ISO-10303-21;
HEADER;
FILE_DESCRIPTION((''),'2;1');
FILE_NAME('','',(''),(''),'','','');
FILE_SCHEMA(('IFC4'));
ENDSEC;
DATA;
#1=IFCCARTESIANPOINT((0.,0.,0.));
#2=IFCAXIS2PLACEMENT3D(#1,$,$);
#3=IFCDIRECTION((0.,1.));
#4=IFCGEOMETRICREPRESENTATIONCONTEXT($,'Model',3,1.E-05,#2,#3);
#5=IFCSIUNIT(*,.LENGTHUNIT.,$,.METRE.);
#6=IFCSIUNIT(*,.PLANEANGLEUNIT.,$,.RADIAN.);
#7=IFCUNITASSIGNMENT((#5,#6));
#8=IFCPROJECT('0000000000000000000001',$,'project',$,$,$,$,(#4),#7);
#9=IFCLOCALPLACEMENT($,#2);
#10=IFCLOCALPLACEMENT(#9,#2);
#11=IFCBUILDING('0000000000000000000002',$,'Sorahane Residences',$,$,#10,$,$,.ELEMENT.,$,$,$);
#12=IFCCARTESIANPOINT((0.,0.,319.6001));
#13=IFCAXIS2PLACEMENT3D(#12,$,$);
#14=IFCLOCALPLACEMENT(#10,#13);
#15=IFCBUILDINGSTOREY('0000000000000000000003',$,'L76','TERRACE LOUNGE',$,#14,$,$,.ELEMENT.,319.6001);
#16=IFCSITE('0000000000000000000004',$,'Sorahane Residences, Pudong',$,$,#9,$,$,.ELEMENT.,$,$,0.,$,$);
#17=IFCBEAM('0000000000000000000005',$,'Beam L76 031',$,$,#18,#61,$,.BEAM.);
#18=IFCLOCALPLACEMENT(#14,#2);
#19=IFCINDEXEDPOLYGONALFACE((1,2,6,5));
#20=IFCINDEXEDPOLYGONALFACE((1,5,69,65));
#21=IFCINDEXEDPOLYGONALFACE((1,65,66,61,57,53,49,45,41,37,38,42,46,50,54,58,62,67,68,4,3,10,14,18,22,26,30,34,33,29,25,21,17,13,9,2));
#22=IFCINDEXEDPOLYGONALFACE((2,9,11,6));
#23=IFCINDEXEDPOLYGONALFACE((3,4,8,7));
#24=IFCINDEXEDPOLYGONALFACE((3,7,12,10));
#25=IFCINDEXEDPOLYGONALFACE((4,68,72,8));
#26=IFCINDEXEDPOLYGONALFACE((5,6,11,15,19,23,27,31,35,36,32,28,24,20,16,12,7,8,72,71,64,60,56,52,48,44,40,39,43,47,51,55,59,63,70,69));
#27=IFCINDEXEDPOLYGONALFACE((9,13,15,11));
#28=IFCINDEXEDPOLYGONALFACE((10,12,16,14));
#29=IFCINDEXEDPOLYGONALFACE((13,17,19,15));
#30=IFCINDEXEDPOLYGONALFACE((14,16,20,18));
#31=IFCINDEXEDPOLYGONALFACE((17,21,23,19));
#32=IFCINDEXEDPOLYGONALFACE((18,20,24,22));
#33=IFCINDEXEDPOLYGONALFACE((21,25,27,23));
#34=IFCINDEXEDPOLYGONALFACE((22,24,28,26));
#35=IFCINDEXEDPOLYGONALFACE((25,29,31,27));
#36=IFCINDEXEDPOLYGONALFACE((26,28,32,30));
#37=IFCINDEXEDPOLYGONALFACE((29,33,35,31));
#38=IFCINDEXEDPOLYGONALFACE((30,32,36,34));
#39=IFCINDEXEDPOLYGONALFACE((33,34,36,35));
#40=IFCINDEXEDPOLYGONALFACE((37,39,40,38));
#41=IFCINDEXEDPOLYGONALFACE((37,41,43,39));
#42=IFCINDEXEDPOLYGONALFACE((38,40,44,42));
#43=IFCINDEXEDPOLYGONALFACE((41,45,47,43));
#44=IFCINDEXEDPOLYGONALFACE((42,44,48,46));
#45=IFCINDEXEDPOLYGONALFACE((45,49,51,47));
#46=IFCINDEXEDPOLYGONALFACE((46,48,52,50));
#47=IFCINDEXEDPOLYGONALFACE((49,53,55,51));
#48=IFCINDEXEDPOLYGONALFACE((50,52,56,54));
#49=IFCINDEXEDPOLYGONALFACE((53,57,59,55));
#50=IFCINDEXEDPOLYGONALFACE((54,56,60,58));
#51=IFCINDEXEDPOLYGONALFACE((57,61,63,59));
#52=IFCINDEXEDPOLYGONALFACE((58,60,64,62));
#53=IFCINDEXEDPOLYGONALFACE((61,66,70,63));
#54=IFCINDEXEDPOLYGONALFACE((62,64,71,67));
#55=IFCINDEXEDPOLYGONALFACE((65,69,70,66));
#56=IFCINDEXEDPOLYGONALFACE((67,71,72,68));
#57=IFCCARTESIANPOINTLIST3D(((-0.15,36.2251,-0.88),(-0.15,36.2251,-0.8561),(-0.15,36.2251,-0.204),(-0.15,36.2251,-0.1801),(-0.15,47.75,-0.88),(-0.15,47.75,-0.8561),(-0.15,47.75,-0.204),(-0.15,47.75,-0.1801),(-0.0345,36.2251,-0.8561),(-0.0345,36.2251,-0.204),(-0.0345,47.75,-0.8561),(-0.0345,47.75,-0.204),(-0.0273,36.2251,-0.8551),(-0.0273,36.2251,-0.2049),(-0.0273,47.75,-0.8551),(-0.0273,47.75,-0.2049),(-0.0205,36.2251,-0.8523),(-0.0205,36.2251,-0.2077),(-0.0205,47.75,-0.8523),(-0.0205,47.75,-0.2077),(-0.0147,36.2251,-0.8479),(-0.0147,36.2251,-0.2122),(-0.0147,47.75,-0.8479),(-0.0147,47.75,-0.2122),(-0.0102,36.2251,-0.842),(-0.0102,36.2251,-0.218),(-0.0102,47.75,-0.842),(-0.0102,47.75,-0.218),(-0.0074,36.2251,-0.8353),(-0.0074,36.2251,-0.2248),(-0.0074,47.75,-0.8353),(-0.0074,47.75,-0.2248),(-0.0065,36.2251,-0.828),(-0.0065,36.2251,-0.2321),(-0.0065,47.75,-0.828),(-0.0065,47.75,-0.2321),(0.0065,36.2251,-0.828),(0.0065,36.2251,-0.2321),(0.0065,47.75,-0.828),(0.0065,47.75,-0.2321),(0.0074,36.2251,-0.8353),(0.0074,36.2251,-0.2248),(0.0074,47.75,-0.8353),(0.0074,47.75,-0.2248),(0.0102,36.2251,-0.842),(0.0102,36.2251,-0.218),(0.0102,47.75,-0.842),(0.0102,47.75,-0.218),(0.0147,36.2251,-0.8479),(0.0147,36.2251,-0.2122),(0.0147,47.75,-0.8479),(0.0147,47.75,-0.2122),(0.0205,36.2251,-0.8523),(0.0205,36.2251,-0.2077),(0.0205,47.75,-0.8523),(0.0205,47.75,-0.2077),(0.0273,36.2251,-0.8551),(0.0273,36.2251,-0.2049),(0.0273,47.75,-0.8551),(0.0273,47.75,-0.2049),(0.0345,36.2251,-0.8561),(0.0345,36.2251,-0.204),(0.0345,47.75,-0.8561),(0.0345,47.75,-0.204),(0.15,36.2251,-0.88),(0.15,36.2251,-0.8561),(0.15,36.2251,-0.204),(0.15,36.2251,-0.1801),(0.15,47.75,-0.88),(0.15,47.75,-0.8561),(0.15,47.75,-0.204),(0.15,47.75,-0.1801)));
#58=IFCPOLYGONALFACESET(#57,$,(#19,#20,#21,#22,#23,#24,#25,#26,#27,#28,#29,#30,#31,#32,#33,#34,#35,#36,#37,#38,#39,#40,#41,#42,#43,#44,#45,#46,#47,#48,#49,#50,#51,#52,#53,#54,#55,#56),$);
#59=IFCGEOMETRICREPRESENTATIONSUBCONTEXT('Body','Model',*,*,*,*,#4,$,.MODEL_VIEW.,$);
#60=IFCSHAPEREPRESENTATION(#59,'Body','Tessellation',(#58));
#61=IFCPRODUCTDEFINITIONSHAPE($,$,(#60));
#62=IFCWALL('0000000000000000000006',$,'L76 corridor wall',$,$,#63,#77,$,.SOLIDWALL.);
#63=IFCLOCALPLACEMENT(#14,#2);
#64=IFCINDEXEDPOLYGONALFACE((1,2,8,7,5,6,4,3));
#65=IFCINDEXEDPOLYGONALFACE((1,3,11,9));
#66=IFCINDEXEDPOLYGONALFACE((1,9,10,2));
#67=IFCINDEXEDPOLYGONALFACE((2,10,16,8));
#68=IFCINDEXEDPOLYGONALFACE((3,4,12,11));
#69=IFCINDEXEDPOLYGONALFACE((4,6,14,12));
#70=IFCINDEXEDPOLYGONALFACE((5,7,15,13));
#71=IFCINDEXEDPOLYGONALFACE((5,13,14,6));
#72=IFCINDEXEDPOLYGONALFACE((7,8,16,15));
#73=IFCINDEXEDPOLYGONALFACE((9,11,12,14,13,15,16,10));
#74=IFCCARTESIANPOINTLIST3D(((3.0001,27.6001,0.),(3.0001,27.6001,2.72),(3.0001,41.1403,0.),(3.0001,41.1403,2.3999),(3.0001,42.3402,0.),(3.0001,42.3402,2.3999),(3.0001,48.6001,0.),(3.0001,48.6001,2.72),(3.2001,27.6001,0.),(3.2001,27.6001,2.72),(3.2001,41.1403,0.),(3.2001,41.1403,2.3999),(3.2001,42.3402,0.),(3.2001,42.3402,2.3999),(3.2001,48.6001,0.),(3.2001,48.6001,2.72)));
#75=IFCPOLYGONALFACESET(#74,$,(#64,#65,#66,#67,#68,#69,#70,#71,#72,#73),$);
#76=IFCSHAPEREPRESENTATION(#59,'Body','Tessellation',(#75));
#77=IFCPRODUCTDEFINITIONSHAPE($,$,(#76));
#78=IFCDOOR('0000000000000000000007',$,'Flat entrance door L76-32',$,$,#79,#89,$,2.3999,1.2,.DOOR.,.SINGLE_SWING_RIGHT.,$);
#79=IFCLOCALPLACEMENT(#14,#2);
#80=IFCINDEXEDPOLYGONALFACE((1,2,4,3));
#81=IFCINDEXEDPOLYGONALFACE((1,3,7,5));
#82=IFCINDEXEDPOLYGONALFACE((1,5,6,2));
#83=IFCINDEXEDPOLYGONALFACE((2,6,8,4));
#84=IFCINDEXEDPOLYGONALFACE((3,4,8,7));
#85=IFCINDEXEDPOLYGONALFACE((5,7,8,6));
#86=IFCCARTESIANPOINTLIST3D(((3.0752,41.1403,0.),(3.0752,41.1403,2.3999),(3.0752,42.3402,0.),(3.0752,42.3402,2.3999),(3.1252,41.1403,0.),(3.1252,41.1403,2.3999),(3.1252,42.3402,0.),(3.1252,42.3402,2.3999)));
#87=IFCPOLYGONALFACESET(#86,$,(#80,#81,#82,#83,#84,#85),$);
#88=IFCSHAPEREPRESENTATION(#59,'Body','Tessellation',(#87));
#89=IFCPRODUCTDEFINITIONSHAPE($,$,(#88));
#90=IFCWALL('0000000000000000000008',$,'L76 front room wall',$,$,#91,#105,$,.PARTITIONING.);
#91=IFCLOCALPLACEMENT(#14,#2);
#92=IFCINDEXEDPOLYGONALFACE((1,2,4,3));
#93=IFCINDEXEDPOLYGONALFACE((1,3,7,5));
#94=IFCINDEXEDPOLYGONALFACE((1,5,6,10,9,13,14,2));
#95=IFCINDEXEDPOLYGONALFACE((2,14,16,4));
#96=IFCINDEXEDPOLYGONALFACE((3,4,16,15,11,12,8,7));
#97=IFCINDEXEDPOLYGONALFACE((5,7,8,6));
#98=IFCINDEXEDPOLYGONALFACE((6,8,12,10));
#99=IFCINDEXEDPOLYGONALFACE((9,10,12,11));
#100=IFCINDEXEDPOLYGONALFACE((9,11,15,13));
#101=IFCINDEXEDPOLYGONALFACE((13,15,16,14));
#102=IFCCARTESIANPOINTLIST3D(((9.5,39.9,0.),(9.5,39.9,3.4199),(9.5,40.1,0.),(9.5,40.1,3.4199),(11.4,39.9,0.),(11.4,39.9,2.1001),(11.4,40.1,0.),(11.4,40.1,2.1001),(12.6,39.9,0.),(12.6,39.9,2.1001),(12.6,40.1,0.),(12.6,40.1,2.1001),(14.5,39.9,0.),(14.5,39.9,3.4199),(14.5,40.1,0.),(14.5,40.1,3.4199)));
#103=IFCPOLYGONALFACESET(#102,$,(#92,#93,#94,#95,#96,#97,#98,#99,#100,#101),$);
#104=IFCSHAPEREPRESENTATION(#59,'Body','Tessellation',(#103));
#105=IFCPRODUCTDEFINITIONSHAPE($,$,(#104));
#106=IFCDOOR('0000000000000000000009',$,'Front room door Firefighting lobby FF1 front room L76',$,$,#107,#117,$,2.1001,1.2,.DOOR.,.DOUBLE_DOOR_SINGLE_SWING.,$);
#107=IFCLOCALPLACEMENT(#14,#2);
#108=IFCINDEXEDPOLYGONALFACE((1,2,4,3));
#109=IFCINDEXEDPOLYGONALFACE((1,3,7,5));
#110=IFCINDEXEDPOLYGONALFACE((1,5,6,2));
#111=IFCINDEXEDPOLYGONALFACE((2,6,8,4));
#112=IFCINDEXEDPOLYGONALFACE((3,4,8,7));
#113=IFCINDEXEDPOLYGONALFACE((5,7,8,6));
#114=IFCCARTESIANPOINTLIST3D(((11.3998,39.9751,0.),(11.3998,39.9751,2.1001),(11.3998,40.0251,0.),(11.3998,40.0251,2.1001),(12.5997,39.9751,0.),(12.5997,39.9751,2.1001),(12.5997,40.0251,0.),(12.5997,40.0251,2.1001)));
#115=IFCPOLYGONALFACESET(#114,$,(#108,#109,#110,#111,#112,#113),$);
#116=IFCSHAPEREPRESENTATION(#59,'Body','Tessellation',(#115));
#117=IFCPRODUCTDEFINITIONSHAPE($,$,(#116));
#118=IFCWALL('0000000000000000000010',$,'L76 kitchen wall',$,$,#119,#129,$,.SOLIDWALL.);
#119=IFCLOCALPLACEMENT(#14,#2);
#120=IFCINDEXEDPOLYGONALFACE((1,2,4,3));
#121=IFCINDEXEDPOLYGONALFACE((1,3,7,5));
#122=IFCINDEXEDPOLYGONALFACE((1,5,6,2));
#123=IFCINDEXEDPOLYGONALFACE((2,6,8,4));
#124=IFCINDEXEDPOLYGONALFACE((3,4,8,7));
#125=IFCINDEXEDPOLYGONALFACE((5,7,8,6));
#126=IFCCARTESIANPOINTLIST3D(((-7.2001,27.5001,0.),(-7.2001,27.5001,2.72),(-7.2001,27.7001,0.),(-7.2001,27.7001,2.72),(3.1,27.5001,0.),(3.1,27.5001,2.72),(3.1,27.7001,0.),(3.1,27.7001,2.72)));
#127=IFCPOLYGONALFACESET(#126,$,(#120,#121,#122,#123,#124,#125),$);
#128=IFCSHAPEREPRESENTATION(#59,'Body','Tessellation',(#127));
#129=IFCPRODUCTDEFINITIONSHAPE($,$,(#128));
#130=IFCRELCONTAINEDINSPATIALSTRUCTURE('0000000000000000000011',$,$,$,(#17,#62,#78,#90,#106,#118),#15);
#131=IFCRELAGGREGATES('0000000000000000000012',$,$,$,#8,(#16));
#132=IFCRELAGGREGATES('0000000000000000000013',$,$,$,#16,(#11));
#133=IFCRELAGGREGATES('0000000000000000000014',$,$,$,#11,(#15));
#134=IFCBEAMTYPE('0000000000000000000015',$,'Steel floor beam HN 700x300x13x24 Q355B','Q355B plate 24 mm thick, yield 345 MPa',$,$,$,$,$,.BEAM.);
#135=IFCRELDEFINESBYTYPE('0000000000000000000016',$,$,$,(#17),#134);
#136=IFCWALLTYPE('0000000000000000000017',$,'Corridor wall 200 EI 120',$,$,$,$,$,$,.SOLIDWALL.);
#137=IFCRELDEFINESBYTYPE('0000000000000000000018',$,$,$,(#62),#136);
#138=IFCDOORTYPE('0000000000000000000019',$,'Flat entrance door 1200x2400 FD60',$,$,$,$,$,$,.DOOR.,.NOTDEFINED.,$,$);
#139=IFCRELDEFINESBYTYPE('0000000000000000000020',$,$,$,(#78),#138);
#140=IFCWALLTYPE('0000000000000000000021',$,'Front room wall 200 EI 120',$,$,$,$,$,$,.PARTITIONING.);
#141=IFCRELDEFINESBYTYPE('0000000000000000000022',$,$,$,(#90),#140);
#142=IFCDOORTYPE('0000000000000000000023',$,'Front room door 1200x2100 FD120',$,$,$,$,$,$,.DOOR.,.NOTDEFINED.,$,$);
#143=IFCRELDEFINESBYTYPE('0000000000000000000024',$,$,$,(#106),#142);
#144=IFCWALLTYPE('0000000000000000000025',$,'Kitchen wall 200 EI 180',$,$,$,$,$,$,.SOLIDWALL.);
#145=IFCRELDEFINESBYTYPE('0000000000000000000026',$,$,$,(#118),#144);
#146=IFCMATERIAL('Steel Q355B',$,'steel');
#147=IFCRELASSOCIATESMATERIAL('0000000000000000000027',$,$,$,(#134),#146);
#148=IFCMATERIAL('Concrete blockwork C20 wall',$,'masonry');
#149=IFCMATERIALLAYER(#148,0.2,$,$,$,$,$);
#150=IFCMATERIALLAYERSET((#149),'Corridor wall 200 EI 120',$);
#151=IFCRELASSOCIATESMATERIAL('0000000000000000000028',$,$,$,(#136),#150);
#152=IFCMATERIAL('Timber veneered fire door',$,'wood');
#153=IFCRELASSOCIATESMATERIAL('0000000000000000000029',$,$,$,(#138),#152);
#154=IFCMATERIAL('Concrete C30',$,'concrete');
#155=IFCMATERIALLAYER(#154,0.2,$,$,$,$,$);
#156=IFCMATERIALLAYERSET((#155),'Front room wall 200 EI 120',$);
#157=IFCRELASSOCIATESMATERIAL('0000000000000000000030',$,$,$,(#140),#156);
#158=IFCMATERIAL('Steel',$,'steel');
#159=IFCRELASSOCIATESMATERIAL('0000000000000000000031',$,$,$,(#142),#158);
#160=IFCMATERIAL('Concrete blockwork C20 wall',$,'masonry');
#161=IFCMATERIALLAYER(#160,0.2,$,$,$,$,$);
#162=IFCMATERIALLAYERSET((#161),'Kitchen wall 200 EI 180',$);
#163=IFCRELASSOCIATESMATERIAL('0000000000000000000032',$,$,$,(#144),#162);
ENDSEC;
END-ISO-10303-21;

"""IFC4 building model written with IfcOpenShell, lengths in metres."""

from ifc_helpers import new_model, si_unit, direction, frame, frame_2d, origin, origin_2d, place, context, subcontext, project, spatial, rectangle, i_section, extrude, material, layer, layer_set, material_profile, profile_set, type_object, element, fill, save


model = new_model("IFC4")

# Units and contexts
model_context = context("Model", 3, precision=1e-05, world=origin(), true_north=direction((0.0, 1.0)))
body_context = subcontext(model_context, "Body", "Model", "MODEL_VIEW")
ifc_project = project(units=[si_unit("LENGTHUNIT", "METRE"), si_unit("PLANEANGLEUNIT", "RADIAN")], contexts=[model_context])

# Site, building, storey
site_placement = place(None, origin())
site = spatial("IfcSite", under=ifc_project, at=site_placement, Name="Sorahane Residences, Pudong", CompositionType="ELEMENT", RefElevation=0.0)
building_placement = place(site_placement, origin())
building = spatial("IfcBuilding", under=site, at=building_placement, Name="Sorahane Residences", CompositionType="ELEMENT")
storey_placement = place(building_placement, frame((0.0, 0.0, 319.6001)))
storey = spatial("IfcBuildingStorey", under=building, at=storey_placement, Name="L76", Description="TERRACE LOUNGE", CompositionType="ELEMENT", Elevation=319.6001)

# Beam
ifc_material_1 = material(Name="Steel Q355B", Category="steel")
ifc_material_profile_1 = material_profile(ifc_material_1, i_section(OverallWidth=0.3, OverallDepth=0.7, WebThickness=0.0129, FlangeThickness=0.0239, FilletRadius=0.0281, at=origin_2d()), Name="HN 700x300x13x24")
ifc_profile_set_1 = profile_set([ifc_material_profile_1], Name="Steel Q355B")
beam_type_1 = type_object("IfcBeamType", Name="Steel floor beam HN 700x300x13x24 Q355B", Description="Q355B plate 24 mm thick, yield 345 MPa", PredefinedType="BEAM", material=ifc_profile_set_1)
beam_1_placement = place(storey_placement, frame((0.0, 36.2251, -0.53), z_axis=(0.0, 1.0, 0.0), x_axis=(-1.0, 0.0, 0.0)))
element("IfcBeam", 1, at=beam_1_placement, inside=storey, type_object=beam_type_1, Name="Beam L76 031", PredefinedType="BEAM", context=body_context, shape_type="SweptSolid", body=[
    extrude(i_section(OverallWidth=0.3, OverallDepth=0.7, WebThickness=0.0129, FlangeThickness=0.0239, FilletRadius=0.0281, at=origin_2d()), origin(), (0.0, 0.0, 1.0), 11.5249),
])

# Walls, openings, doors
ifc_material_2 = material(Name="Concrete blockwork C20 wall", Category="masonry")
ifc_layer_1 = layer(ifc_material_2, 0.2)
ifc_layer_set_1 = layer_set([ifc_layer_1], Name="Corridor wall 200 EI 120")
wall_type_1 = type_object("IfcWallType", Name="Corridor wall 200 EI 120", PredefinedType="SOLIDWALL", material=ifc_layer_set_1)
wall_1_placement = place(storey_placement, frame((3.1001, 27.6001, 0.0), z_axis=(0.0, 0.0, 1.0), x_axis=(0.0, 1.0, 0.0)))
wall_1 = element("IfcWall", 2, at=wall_1_placement, inside=storey, type_object=wall_type_1, Name="L76 corridor wall", PredefinedType="SOLIDWALL", context=body_context, shape_type="SweptSolid", body=[
    extrude(rectangle(XDim=21.0, YDim=0.2, at=frame_2d((10.5, 0.0))), origin(), (0.0, 0.0, 1.0), 2.72),
])
opening_1_placement = place(wall_1_placement, frame((13.54, 0.0, 0.0)))
opening_1 = element("IfcOpeningElement", 3, at=opening_1_placement, cuts=wall_1, PredefinedType="OPENING", context=body_context, shape_type="SweptSolid", body=[
    extrude(rectangle(XDim=1.2, YDim=2.3999, at=frame_2d((0.6001, 1.2))), frame((0.0, 0.1099, 0.0), z_axis=(0.0, -1.0, 0.0), x_axis=(1.0, 0.0, 0.0)), (0.0, 0.0, 1.0), 0.22),
])
ifc_material_3 = material(Name="Timber veneered fire door", Category="wood")
door_type_1 = type_object("IfcDoorType", Name="Flat entrance door 1200x2400 FD60", OperationType="NOTDEFINED", PredefinedType="DOOR", material=ifc_material_3)
door_1_placement = place(opening_1_placement, origin())
door_1 = element("IfcDoor", 4, at=door_1_placement, inside=storey, type_object=door_type_1, Name="Flat entrance door L76-32", OperationType="SINGLE_SWING_RIGHT", OverallHeight=2.3999, OverallWidth=1.2, PredefinedType="DOOR", context=body_context, shape_type="SweptSolid", body=[
    extrude(rectangle(XDim=1.2, YDim=2.3999, at=frame_2d((0.6001, 1.2))), frame((0.0, 0.0249, 0.0), z_axis=(0.0, -1.0, 0.0), x_axis=(1.0, 0.0, 0.0)), (0.0, 0.0, 1.0), 0.05),
])
fill(opening_1, door_1)
ifc_material_4 = material(Name="Concrete C30", Category="concrete")
ifc_layer_2 = layer(ifc_material_4, 0.2)
ifc_layer_set_2 = layer_set([ifc_layer_2], Name="Front room wall 200 EI 120")
wall_type_2 = type_object("IfcWallType", Name="Front room wall 200 EI 120", PredefinedType="PARTITIONING", material=ifc_layer_set_2)
wall_2_placement = place(storey_placement, frame((9.5, 40.0, 0.0), z_axis=(0.0, 0.0, 1.0), x_axis=(1.0, 0.0, 0.0)))
wall_2 = element("IfcWall", 5, at=wall_2_placement, inside=storey, type_object=wall_type_2, Name="L76 front room wall", PredefinedType="PARTITIONING", context=body_context, shape_type="SweptSolid", body=[
    extrude(rectangle(XDim=5.0, YDim=0.2, at=frame_2d((2.5, 0.0))), origin(), (0.0, 0.0, 1.0), 3.4199),
])
opening_2_placement = place(wall_2_placement, frame((1.8999, 0.0, 0.0)))
opening_2 = element("IfcOpeningElement", 6, at=opening_2_placement, cuts=wall_2, PredefinedType="OPENING", context=body_context, shape_type="SweptSolid", body=[
    extrude(rectangle(XDim=1.2, YDim=2.1001, at=frame_2d((0.6001, 1.05))), frame((0.0, 0.1099, 0.0), z_axis=(0.0, -1.0, 0.0), x_axis=(1.0, 0.0, 0.0)), (0.0, 0.0, 1.0), 0.22),
])
ifc_material_5 = material(Name="Steel", Category="steel")
door_type_2 = type_object("IfcDoorType", Name="Front room door 1200x2100 FD120", OperationType="NOTDEFINED", PredefinedType="DOOR", material=ifc_material_5)
door_2_placement = place(opening_2_placement, frame((1.2, 0.0, 0.0), z_axis=(0.0, 0.0, 1.0), x_axis=(-1.0, 0.0, 0.0)))
door_2 = element("IfcDoor", 7, at=door_2_placement, inside=storey, type_object=door_type_2, Name="Front room door Firefighting lobby FF1 front room L76", OperationType="DOUBLE_DOOR_SINGLE_SWING", OverallHeight=2.1001, OverallWidth=1.2, PredefinedType="DOOR", context=body_context, shape_type="SweptSolid", body=[
    extrude(rectangle(XDim=1.2, YDim=2.1001, at=frame_2d((0.6001, 1.05))), frame((0.0, 0.0249, 0.0), z_axis=(0.0, -1.0, 0.0), x_axis=(1.0, 0.0, 0.0)), (0.0, 0.0, 1.0), 0.05),
])
fill(opening_2, door_2)

# Wall
ifc_material_6 = material(Name="Concrete blockwork C20 wall", Category="masonry")
ifc_layer_3 = layer(ifc_material_6, 0.2)
ifc_layer_set_3 = layer_set([ifc_layer_3], Name="Kitchen wall 200 EI 180")
wall_type_3 = type_object("IfcWallType", Name="Kitchen wall 200 EI 180", PredefinedType="SOLIDWALL", material=ifc_layer_set_3)
wall_3_placement = place(storey_placement, frame((-7.2, 27.6001, 0.0), z_axis=(0.0, 0.0, 1.0), x_axis=(1.0, 0.0, 0.0)))
element("IfcWall", 8, at=wall_3_placement, inside=storey, type_object=wall_type_3, Name="L76 kitchen wall", PredefinedType="SOLIDWALL", context=body_context, shape_type="SweptSolid", body=[
    extrude(rectangle(XDim=10.3, YDim=0.2, at=frame_2d((5.1499, 0.0))), origin(), (0.0, 0.0, 1.0), 2.72),
])

save(model, "model.ifc")
